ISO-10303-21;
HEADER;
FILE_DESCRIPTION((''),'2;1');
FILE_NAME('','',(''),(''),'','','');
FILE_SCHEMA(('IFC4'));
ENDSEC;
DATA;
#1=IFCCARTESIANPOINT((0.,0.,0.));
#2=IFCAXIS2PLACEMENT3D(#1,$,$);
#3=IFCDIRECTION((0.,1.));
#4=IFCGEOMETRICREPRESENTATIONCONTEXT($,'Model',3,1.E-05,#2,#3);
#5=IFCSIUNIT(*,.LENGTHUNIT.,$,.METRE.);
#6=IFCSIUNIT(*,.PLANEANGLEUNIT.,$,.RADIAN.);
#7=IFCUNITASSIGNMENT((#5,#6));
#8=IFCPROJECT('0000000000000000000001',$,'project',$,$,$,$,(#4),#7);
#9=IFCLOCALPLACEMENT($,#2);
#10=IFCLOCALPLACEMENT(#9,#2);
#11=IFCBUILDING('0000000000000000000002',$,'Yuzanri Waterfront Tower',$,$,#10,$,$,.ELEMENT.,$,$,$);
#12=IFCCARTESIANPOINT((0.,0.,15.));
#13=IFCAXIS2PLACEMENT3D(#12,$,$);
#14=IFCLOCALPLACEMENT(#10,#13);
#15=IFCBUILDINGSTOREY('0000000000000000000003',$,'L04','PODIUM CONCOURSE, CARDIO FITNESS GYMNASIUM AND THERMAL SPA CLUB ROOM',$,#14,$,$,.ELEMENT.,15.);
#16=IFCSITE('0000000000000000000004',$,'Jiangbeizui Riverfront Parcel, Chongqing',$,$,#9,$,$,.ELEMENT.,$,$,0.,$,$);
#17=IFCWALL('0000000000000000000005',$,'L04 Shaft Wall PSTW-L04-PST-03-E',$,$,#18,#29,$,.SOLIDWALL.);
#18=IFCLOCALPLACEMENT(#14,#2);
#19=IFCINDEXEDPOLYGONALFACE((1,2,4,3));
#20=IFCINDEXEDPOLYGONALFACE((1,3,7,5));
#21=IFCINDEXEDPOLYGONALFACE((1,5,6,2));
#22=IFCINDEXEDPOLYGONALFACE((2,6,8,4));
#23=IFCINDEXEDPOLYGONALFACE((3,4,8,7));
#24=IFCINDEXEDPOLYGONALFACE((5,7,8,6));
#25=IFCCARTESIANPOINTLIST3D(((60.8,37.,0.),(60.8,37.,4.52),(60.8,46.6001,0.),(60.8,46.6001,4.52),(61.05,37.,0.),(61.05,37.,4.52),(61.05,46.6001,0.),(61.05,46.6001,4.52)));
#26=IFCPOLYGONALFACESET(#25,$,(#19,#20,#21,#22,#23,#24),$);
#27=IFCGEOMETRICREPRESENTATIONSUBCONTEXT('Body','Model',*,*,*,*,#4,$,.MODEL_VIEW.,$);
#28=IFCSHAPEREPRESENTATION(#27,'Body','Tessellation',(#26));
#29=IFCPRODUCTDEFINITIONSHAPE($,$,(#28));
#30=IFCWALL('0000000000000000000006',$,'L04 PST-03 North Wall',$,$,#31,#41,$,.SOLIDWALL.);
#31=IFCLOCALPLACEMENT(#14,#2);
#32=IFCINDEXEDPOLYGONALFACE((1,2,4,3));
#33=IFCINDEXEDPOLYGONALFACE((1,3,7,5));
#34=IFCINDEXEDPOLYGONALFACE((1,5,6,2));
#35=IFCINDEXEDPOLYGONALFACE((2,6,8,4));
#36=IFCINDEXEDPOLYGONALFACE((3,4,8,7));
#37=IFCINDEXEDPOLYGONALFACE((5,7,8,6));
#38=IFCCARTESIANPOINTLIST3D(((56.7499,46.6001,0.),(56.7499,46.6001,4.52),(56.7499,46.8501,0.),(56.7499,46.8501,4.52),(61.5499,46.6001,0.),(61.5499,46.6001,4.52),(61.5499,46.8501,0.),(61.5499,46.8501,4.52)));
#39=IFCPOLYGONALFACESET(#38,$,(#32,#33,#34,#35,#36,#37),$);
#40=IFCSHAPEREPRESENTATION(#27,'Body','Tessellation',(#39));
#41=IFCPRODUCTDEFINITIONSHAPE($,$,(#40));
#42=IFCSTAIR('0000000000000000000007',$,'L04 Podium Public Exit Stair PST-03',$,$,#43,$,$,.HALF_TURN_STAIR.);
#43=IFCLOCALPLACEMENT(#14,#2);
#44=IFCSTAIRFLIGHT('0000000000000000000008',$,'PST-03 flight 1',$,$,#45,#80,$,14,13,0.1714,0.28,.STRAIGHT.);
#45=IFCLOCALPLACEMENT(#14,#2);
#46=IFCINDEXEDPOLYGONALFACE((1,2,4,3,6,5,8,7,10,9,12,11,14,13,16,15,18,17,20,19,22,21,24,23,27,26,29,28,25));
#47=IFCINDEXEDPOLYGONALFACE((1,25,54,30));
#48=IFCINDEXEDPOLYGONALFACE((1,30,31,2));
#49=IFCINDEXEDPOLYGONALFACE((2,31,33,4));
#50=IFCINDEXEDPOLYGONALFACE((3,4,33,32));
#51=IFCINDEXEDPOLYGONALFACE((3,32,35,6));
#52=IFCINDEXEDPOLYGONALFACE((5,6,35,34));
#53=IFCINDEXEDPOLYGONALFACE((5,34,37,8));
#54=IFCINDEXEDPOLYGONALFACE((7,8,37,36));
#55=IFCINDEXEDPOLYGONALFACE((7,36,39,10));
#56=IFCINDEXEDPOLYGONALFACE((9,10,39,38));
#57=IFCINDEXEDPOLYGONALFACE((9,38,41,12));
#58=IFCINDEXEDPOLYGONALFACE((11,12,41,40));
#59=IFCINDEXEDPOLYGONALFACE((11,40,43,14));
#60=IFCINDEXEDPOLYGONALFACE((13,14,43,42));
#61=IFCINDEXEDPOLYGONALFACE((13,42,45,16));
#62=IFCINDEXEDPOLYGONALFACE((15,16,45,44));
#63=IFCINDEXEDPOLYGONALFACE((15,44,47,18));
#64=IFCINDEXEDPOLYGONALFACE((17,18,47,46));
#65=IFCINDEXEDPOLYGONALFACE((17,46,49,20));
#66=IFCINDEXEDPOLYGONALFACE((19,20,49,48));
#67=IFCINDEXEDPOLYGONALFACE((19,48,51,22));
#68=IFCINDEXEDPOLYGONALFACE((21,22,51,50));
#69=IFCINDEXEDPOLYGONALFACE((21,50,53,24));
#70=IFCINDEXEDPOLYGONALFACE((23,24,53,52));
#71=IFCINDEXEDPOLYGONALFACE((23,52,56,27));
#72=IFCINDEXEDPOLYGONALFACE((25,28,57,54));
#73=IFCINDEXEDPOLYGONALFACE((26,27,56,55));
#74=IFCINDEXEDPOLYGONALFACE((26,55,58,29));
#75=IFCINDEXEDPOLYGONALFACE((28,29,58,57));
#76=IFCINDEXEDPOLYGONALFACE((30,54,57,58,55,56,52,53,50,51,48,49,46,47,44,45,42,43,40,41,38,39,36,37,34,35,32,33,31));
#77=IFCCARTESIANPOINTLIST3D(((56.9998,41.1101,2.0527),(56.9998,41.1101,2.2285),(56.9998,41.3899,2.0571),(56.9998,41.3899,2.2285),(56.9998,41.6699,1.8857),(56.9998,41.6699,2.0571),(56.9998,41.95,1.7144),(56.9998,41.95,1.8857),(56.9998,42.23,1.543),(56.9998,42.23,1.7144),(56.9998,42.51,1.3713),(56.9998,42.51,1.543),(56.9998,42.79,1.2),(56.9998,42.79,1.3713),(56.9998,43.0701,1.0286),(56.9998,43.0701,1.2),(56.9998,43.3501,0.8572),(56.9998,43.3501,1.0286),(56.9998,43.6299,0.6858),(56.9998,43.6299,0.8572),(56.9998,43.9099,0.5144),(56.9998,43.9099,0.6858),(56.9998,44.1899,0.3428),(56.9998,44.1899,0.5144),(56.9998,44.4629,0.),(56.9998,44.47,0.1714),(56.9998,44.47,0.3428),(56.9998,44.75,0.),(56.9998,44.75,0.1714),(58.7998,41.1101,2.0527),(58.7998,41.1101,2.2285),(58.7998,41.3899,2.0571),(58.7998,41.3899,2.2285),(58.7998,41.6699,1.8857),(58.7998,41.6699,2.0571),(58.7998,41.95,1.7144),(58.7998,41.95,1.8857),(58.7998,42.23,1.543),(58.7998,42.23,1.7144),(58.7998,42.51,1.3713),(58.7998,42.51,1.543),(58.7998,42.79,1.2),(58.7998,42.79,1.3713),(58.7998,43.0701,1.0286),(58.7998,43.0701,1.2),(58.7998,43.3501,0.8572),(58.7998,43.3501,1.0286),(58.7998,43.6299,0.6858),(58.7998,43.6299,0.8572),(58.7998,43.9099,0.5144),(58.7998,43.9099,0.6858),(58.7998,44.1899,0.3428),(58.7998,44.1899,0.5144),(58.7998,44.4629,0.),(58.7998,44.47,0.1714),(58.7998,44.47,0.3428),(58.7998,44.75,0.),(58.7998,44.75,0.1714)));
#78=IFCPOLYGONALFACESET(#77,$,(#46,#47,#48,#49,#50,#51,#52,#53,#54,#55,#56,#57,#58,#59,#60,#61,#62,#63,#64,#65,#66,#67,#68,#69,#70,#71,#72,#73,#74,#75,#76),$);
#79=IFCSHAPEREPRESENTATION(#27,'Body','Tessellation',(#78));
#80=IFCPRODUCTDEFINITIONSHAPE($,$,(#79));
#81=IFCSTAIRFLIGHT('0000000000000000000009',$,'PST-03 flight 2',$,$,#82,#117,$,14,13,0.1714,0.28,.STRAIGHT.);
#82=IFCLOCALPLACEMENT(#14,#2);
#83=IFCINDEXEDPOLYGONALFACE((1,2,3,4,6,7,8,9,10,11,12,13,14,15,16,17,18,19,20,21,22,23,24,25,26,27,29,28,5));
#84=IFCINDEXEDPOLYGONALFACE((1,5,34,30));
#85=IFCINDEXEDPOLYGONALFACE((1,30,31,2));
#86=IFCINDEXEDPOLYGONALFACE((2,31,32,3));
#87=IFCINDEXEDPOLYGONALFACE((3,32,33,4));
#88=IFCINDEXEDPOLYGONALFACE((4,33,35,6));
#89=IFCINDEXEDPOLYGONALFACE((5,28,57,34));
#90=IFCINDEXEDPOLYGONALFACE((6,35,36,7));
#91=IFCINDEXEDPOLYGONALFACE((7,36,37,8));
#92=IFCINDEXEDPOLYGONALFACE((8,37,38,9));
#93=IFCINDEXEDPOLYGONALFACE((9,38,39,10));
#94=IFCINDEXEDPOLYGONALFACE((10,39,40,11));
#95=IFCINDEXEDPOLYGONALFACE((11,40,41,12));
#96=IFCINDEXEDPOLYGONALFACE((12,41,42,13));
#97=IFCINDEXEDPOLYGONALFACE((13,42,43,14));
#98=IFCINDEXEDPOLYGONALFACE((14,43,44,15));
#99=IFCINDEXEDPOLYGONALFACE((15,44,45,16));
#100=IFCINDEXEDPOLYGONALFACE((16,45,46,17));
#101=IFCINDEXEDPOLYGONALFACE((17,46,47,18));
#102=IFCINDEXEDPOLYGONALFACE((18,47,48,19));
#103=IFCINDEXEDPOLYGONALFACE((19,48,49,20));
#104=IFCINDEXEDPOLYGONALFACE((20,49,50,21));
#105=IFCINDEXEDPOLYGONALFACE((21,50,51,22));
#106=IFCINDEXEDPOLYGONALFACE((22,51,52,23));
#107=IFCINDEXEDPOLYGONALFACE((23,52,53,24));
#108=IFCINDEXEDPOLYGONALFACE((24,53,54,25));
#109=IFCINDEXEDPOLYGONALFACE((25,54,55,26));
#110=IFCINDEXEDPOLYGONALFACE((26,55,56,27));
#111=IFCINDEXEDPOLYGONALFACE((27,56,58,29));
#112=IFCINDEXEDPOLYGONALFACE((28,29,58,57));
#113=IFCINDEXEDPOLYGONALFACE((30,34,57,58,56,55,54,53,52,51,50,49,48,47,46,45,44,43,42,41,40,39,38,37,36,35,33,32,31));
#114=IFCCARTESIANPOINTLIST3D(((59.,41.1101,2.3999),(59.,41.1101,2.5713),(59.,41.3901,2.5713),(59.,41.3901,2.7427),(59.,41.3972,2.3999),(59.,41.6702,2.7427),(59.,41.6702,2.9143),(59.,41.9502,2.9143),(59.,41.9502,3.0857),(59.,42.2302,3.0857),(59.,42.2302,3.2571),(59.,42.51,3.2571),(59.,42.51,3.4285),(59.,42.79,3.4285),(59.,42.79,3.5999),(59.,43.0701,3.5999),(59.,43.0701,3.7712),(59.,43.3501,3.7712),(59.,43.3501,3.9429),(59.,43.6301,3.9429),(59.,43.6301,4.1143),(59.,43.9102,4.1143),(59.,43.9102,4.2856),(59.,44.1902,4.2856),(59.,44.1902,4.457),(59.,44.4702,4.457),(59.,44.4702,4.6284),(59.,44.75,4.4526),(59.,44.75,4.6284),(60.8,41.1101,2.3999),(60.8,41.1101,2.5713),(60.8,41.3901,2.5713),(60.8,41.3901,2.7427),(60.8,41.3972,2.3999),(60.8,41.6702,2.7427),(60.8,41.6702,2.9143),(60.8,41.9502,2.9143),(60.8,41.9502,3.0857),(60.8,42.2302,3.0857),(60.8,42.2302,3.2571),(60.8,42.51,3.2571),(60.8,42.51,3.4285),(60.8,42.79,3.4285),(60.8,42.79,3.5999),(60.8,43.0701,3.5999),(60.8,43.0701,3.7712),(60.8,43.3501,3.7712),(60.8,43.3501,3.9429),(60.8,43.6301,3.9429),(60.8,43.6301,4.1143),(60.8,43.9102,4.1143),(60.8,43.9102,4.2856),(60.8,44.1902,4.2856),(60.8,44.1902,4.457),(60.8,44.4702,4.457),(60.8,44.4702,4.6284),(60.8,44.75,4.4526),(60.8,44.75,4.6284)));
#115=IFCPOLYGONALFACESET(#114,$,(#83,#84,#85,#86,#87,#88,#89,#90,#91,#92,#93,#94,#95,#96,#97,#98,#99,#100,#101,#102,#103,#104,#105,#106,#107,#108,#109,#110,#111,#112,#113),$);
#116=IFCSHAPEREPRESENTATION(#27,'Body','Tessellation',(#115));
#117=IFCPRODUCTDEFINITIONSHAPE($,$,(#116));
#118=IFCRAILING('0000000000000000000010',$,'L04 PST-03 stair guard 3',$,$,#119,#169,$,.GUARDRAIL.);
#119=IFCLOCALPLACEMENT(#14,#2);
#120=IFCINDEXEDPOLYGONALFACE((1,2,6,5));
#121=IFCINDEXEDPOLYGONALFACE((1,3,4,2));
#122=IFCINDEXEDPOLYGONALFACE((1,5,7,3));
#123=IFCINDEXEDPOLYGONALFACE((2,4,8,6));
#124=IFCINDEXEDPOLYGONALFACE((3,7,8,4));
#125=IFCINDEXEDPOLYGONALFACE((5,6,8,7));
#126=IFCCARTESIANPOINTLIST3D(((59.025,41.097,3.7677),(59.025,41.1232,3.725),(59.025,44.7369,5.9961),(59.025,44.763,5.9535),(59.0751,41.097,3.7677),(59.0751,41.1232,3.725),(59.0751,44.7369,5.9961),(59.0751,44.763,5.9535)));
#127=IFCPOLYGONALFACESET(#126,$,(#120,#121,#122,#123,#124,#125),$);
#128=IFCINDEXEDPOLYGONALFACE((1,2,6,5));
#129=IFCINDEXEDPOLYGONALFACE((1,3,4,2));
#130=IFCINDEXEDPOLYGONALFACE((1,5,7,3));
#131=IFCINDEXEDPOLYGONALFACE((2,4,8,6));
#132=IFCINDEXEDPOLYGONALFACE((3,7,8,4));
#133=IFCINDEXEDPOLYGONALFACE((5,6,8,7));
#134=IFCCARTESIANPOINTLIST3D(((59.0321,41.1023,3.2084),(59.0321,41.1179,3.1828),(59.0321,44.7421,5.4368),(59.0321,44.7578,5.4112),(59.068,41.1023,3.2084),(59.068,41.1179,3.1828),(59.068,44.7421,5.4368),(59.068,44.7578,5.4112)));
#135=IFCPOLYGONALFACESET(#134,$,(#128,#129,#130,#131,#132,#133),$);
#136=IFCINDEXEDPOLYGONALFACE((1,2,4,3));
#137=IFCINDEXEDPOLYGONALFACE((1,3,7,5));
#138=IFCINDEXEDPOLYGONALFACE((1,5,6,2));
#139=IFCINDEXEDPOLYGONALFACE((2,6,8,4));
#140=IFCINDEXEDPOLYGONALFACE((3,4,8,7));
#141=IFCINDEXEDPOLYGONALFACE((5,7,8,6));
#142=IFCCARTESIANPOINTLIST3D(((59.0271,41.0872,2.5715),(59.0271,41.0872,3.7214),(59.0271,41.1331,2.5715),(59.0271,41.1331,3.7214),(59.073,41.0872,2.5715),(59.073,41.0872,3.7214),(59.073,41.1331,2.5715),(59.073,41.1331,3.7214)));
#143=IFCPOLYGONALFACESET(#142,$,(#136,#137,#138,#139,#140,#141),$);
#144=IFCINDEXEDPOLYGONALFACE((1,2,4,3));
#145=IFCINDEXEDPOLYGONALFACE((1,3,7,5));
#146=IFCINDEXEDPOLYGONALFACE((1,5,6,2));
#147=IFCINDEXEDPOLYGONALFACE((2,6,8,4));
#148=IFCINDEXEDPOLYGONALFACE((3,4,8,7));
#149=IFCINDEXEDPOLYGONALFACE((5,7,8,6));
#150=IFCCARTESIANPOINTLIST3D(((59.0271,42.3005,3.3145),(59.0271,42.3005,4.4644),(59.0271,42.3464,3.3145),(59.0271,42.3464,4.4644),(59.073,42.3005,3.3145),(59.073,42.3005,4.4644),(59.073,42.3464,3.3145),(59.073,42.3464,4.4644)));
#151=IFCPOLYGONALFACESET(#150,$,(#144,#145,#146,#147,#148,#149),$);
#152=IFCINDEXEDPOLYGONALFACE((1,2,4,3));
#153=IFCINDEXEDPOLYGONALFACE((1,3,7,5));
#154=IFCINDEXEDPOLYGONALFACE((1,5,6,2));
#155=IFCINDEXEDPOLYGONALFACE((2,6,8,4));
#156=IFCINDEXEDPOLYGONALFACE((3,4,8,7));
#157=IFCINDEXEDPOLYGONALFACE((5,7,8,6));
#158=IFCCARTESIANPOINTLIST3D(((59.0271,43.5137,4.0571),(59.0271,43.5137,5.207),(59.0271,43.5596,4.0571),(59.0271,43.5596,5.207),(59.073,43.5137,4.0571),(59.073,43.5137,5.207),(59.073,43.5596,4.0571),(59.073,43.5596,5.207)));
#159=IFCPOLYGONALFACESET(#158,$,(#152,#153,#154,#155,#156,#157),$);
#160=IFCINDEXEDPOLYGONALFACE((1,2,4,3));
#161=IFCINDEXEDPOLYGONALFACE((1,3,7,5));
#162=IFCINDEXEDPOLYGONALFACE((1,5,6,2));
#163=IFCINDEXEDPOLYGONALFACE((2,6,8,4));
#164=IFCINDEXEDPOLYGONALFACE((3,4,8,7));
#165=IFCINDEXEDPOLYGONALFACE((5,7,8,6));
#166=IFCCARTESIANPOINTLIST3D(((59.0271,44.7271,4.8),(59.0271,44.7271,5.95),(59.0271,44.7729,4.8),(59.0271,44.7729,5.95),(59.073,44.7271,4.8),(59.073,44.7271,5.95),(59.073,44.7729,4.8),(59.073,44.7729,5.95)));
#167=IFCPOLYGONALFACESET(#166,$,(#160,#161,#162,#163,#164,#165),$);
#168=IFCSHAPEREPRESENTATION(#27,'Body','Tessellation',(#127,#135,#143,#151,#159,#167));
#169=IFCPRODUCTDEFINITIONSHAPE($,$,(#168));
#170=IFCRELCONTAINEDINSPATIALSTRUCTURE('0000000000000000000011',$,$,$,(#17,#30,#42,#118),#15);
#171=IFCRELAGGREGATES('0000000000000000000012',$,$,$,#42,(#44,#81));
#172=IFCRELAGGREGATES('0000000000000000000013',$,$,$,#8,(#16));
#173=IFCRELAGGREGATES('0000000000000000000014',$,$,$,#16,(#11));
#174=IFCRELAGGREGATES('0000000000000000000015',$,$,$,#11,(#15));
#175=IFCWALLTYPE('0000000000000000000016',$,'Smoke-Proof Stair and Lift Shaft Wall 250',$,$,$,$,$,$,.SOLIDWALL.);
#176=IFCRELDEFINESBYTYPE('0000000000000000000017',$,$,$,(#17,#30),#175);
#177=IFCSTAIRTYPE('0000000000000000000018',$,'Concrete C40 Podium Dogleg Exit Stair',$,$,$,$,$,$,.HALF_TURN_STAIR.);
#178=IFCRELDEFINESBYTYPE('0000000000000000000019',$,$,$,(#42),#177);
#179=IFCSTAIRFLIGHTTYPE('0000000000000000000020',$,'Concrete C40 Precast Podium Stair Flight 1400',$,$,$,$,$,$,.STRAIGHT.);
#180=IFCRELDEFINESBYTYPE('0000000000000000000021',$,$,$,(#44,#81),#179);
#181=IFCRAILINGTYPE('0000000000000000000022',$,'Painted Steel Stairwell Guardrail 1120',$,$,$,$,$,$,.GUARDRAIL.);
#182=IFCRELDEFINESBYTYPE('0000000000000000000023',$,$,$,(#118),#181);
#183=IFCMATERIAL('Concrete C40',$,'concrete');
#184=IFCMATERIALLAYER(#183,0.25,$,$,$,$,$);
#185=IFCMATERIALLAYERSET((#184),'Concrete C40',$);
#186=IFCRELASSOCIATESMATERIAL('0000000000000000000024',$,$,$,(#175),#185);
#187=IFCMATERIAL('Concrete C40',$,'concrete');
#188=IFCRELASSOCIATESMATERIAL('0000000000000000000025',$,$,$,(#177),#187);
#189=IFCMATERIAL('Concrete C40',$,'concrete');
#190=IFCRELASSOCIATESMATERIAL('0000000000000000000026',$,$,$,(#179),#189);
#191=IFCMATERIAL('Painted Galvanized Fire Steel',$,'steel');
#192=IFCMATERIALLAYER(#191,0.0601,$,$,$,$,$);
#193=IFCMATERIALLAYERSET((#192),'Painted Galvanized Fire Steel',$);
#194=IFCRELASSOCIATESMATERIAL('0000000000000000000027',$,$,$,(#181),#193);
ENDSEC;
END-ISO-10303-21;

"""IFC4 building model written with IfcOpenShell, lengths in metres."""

from ifc_helpers import new_model, si_unit, direction, frame, frame_2d, origin, origin_2d, place, context, subcontext, project, spatial, polyline, rectangle, outline, extrude, source, transform, mapped, material, layer, layer_set, type_object, element, aggregate, save


model = new_model("IFC4")

# Units and contexts
model_context = context("Model", 3, precision=1e-05, world=origin(), true_north=direction((0.0, 1.0)))
body_context = subcontext(model_context, "Body", "Model", "MODEL_VIEW")
ifc_project = project(units=[si_unit("LENGTHUNIT", "METRE"), si_unit("PLANEANGLEUNIT", "RADIAN")], contexts=[model_context])

# Site, building, storey
site_placement = place(None, origin())
site = spatial("IfcSite", under=ifc_project, at=site_placement, Name="Jiangbeizui Riverfront Parcel, Chongqing", CompositionType="ELEMENT", RefElevation=0.0)
building_placement = place(site_placement, origin())
building = spatial("IfcBuilding", under=site, at=building_placement, Name="Yuzanri Waterfront Tower", CompositionType="ELEMENT")
storey_placement = place(building_placement, frame((0.0, 0.0, 15.0)))
storey = spatial("IfcBuildingStorey", under=building, at=storey_placement, Name="L04", Description="PODIUM CONCOURSE, CARDIO FITNESS GYMNASIUM AND THERMAL SPA CLUB ROOM", CompositionType="ELEMENT", Elevation=15.0)

# Walls
ifc_material_1 = material(Name="Concrete C40", Category="concrete")
ifc_layer_1 = layer(ifc_material_1, 0.25)
ifc_layer_set_1 = layer_set([ifc_layer_1], Name="Concrete C40")
wall_type_1 = type_object("IfcWallType", Name="Smoke-Proof Stair and Lift Shaft Wall 250", PredefinedType="SOLIDWALL", material=ifc_layer_set_1)
shared_shape_1 = source(origin(), body_context, "Body", "SweptSolid", [
    extrude(rectangle(XDim=9.6001, YDim=0.25, at=frame_2d((4.8, 0.0))), origin(), (0.0, 0.0, 1.0), 4.52),
])
wall_1_placement = place(storey_placement, frame((60.925, 37.0, 0.0), z_axis=(0.0, 0.0, 1.0), x_axis=(0.0, 1.0, 0.0)))
element("IfcWall", 1, at=wall_1_placement, inside=storey, type_object=wall_type_1, Name="L04 Shaft Wall PSTW-L04-PST-03-E", PredefinedType="SOLIDWALL", context=body_context, shape_type="MappedRepresentation", body=[
    mapped(shared_shape_1, transform((0.0, 0.0, 0.0), scale=1.0)),
])
shared_shape_2 = source(origin(), body_context, "Body", "SweptSolid", [
    extrude(rectangle(XDim=4.8, YDim=0.25, at=frame_2d((2.3999, 0.0))), origin(), (0.0, 0.0, 1.0), 4.52),
])
wall_2_placement = place(storey_placement, frame((56.75, 46.7251, 0.0), z_axis=(0.0, 0.0, 1.0), x_axis=(1.0, 0.0, 0.0)))
element("IfcWall", 2, at=wall_2_placement, inside=storey, type_object=wall_type_1, Name="L04 PST-03 North Wall", PredefinedType="SOLIDWALL", context=body_context, shape_type="MappedRepresentation", body=[
    mapped(shared_shape_2, transform((0.0, 0.0, 0.0), scale=1.0)),
])

# Stair, stair flights
ifc_material_2 = material(Name="Concrete C40", Category="concrete")
stair_type = type_object("IfcStairType", Name="Concrete C40 Podium Dogleg Exit Stair", PredefinedType="HALF_TURN_STAIR", material=ifc_material_2)
stair_placement = place(storey_placement, origin())
stair = element("IfcStair", 3, at=stair_placement, inside=storey, type_object=stair_type, Name="L04 Podium Public Exit Stair PST-03", PredefinedType="HALF_TURN_STAIR")
ifc_material_3 = material(Name="Concrete C40", Category="concrete")
stair_flight_type = type_object("IfcStairFlightType", Name="Concrete C40 Precast Podium Stair Flight 1400", PredefinedType="STRAIGHT", material=ifc_material_3)
shared_shape_3 = source(origin(), body_context, "Body", "SweptSolid", [
    extrude(outline(polyline([(0.0, 0.0), (0.0, 0.1714), (0.28, 0.1714), (0.28, 0.3428), (0.5601, 0.3428), (0.5601, 0.5144), (0.8401, 0.5144), (0.8401, 0.6858), (1.1201, 0.6858), (1.1201, 0.8572), (1.3999, 0.8572), (1.3999, 1.0286), (1.6799, 1.0286), (1.6799, 1.2), (1.96, 1.2), (1.96, 1.3713), (2.24, 1.3713), (2.24, 1.543), (2.52, 1.543), (2.52, 1.7144), (2.8, 1.7144), (2.8, 1.8857), (3.0801, 1.8857), (3.0801, 2.0571), (3.3601, 2.0571), (3.3601, 2.2285), (3.6399, 2.2285), (3.6399, 2.3999), (3.6399, 2.0527), (0.2871, 0.0), (0.0, 0.0)])), frame((0.0, 0.8999, 0.0), z_axis=(0.0, -1.0, 0.0), x_axis=(1.0, 0.0, 0.0)), (0.0, 0.0, 1.0), 1.8),
])
stair_flight_1_placement = place(storey_placement, frame((57.8999, 44.75, 0.0), z_axis=(0.0, 0.0, 1.0), x_axis=(0.0, -1.0, 0.0)))
stair_flight_1 = element("IfcStairFlight", 4, at=stair_flight_1_placement, type_object=stair_flight_type, Name="PST-03 flight 1", NumberOfRisers=14, NumberOfTreads=13, PredefinedType="STRAIGHT", RiserHeight=0.1714, TreadLength=0.28, context=body_context, shape_type="MappedRepresentation", body=[
    mapped(shared_shape_3, transform((0.0, 0.0, 0.0), scale=1.0)),
])
stair_flight_2_placement = place(storey_placement, frame((59.8999, 41.1101, 2.3999), z_axis=(0.0, 0.0, 1.0), x_axis=(0.0, 1.0, 0.0)))
stair_flight_2 = element("IfcStairFlight", 5, at=stair_flight_2_placement, type_object=stair_flight_type, Name="PST-03 flight 2", NumberOfRisers=14, NumberOfTreads=13, PredefinedType="STRAIGHT", RiserHeight=0.1714, TreadLength=0.28, context=body_context, shape_type="MappedRepresentation", body=[
    mapped(shared_shape_3, transform((0.0, 0.0, 0.0), scale=1.0)),
])
aggregate(stair, [stair_flight_1, stair_flight_2])

# Railing
ifc_material_4 = material(Name="Painted Galvanized Fire Steel", Category="steel")
ifc_layer_2 = layer(ifc_material_4, 0.0601)
ifc_layer_set_2 = layer_set([ifc_layer_2], Name="Painted Galvanized Fire Steel")
railing_type_1 = type_object("IfcRailingType", Name="Painted Steel Stairwell Guardrail 1120", PredefinedType="GUARDRAIL", material=ifc_layer_set_2)
shared_shape_4 = source(origin(), body_context, "Body", "SweptSolid", [
    extrude(rectangle(XDim=0.05, YDim=0.05, at=origin_2d()), frame((0.0, 0.0, 1.1748), z_axis=(0.0, 0.85285, 0.522156), x_axis=(-1.0, 0.0, 0.0)), (0.0, 0.0, 1.0), 4.2678),
    extrude(rectangle(XDim=0.0359, YDim=0.03, at=origin_2d()), frame((0.0, 0.0, 0.624), z_axis=(0.0, 0.85285, 0.522156), x_axis=(-1.0, 0.0, 0.0)), (0.0, 0.0, 1.0), 4.2678),
    extrude(rectangle(XDim=0.0459, YDim=0.0459, at=origin_2d()), origin(), (0.0, 0.0, 1.0), 1.1499),
    extrude(rectangle(XDim=0.0459, YDim=0.0459, at=origin_2d()), frame((0.0, 1.2134, 0.7429)), (0.0, 0.0, 1.0), 1.1499),
    extrude(rectangle(XDim=0.0459, YDim=0.0459, at=origin_2d()), frame((0.0, 2.4265, 1.4856)), (0.0, 0.0, 1.0), 1.1499),
    extrude(rectangle(XDim=0.0459, YDim=0.0459, at=origin_2d()), frame((0.0, 3.6399, 2.2285)), (0.0, 0.0, 1.0), 1.1499),
])
railing_1_placement = place(storey_placement, frame((59.05, 41.1101, 2.5715)))
element("IfcRailing", 6, at=railing_1_placement, inside=storey, type_object=railing_type_1, Name="L04 PST-03 stair guard 3", PredefinedType="GUARDRAIL", context=body_context, shape_type="MappedRepresentation", body=[
    mapped(shared_shape_4, transform((0.0, 0.0, 0.0), scale=1.0)),
])

save(model, "model.ifc")
